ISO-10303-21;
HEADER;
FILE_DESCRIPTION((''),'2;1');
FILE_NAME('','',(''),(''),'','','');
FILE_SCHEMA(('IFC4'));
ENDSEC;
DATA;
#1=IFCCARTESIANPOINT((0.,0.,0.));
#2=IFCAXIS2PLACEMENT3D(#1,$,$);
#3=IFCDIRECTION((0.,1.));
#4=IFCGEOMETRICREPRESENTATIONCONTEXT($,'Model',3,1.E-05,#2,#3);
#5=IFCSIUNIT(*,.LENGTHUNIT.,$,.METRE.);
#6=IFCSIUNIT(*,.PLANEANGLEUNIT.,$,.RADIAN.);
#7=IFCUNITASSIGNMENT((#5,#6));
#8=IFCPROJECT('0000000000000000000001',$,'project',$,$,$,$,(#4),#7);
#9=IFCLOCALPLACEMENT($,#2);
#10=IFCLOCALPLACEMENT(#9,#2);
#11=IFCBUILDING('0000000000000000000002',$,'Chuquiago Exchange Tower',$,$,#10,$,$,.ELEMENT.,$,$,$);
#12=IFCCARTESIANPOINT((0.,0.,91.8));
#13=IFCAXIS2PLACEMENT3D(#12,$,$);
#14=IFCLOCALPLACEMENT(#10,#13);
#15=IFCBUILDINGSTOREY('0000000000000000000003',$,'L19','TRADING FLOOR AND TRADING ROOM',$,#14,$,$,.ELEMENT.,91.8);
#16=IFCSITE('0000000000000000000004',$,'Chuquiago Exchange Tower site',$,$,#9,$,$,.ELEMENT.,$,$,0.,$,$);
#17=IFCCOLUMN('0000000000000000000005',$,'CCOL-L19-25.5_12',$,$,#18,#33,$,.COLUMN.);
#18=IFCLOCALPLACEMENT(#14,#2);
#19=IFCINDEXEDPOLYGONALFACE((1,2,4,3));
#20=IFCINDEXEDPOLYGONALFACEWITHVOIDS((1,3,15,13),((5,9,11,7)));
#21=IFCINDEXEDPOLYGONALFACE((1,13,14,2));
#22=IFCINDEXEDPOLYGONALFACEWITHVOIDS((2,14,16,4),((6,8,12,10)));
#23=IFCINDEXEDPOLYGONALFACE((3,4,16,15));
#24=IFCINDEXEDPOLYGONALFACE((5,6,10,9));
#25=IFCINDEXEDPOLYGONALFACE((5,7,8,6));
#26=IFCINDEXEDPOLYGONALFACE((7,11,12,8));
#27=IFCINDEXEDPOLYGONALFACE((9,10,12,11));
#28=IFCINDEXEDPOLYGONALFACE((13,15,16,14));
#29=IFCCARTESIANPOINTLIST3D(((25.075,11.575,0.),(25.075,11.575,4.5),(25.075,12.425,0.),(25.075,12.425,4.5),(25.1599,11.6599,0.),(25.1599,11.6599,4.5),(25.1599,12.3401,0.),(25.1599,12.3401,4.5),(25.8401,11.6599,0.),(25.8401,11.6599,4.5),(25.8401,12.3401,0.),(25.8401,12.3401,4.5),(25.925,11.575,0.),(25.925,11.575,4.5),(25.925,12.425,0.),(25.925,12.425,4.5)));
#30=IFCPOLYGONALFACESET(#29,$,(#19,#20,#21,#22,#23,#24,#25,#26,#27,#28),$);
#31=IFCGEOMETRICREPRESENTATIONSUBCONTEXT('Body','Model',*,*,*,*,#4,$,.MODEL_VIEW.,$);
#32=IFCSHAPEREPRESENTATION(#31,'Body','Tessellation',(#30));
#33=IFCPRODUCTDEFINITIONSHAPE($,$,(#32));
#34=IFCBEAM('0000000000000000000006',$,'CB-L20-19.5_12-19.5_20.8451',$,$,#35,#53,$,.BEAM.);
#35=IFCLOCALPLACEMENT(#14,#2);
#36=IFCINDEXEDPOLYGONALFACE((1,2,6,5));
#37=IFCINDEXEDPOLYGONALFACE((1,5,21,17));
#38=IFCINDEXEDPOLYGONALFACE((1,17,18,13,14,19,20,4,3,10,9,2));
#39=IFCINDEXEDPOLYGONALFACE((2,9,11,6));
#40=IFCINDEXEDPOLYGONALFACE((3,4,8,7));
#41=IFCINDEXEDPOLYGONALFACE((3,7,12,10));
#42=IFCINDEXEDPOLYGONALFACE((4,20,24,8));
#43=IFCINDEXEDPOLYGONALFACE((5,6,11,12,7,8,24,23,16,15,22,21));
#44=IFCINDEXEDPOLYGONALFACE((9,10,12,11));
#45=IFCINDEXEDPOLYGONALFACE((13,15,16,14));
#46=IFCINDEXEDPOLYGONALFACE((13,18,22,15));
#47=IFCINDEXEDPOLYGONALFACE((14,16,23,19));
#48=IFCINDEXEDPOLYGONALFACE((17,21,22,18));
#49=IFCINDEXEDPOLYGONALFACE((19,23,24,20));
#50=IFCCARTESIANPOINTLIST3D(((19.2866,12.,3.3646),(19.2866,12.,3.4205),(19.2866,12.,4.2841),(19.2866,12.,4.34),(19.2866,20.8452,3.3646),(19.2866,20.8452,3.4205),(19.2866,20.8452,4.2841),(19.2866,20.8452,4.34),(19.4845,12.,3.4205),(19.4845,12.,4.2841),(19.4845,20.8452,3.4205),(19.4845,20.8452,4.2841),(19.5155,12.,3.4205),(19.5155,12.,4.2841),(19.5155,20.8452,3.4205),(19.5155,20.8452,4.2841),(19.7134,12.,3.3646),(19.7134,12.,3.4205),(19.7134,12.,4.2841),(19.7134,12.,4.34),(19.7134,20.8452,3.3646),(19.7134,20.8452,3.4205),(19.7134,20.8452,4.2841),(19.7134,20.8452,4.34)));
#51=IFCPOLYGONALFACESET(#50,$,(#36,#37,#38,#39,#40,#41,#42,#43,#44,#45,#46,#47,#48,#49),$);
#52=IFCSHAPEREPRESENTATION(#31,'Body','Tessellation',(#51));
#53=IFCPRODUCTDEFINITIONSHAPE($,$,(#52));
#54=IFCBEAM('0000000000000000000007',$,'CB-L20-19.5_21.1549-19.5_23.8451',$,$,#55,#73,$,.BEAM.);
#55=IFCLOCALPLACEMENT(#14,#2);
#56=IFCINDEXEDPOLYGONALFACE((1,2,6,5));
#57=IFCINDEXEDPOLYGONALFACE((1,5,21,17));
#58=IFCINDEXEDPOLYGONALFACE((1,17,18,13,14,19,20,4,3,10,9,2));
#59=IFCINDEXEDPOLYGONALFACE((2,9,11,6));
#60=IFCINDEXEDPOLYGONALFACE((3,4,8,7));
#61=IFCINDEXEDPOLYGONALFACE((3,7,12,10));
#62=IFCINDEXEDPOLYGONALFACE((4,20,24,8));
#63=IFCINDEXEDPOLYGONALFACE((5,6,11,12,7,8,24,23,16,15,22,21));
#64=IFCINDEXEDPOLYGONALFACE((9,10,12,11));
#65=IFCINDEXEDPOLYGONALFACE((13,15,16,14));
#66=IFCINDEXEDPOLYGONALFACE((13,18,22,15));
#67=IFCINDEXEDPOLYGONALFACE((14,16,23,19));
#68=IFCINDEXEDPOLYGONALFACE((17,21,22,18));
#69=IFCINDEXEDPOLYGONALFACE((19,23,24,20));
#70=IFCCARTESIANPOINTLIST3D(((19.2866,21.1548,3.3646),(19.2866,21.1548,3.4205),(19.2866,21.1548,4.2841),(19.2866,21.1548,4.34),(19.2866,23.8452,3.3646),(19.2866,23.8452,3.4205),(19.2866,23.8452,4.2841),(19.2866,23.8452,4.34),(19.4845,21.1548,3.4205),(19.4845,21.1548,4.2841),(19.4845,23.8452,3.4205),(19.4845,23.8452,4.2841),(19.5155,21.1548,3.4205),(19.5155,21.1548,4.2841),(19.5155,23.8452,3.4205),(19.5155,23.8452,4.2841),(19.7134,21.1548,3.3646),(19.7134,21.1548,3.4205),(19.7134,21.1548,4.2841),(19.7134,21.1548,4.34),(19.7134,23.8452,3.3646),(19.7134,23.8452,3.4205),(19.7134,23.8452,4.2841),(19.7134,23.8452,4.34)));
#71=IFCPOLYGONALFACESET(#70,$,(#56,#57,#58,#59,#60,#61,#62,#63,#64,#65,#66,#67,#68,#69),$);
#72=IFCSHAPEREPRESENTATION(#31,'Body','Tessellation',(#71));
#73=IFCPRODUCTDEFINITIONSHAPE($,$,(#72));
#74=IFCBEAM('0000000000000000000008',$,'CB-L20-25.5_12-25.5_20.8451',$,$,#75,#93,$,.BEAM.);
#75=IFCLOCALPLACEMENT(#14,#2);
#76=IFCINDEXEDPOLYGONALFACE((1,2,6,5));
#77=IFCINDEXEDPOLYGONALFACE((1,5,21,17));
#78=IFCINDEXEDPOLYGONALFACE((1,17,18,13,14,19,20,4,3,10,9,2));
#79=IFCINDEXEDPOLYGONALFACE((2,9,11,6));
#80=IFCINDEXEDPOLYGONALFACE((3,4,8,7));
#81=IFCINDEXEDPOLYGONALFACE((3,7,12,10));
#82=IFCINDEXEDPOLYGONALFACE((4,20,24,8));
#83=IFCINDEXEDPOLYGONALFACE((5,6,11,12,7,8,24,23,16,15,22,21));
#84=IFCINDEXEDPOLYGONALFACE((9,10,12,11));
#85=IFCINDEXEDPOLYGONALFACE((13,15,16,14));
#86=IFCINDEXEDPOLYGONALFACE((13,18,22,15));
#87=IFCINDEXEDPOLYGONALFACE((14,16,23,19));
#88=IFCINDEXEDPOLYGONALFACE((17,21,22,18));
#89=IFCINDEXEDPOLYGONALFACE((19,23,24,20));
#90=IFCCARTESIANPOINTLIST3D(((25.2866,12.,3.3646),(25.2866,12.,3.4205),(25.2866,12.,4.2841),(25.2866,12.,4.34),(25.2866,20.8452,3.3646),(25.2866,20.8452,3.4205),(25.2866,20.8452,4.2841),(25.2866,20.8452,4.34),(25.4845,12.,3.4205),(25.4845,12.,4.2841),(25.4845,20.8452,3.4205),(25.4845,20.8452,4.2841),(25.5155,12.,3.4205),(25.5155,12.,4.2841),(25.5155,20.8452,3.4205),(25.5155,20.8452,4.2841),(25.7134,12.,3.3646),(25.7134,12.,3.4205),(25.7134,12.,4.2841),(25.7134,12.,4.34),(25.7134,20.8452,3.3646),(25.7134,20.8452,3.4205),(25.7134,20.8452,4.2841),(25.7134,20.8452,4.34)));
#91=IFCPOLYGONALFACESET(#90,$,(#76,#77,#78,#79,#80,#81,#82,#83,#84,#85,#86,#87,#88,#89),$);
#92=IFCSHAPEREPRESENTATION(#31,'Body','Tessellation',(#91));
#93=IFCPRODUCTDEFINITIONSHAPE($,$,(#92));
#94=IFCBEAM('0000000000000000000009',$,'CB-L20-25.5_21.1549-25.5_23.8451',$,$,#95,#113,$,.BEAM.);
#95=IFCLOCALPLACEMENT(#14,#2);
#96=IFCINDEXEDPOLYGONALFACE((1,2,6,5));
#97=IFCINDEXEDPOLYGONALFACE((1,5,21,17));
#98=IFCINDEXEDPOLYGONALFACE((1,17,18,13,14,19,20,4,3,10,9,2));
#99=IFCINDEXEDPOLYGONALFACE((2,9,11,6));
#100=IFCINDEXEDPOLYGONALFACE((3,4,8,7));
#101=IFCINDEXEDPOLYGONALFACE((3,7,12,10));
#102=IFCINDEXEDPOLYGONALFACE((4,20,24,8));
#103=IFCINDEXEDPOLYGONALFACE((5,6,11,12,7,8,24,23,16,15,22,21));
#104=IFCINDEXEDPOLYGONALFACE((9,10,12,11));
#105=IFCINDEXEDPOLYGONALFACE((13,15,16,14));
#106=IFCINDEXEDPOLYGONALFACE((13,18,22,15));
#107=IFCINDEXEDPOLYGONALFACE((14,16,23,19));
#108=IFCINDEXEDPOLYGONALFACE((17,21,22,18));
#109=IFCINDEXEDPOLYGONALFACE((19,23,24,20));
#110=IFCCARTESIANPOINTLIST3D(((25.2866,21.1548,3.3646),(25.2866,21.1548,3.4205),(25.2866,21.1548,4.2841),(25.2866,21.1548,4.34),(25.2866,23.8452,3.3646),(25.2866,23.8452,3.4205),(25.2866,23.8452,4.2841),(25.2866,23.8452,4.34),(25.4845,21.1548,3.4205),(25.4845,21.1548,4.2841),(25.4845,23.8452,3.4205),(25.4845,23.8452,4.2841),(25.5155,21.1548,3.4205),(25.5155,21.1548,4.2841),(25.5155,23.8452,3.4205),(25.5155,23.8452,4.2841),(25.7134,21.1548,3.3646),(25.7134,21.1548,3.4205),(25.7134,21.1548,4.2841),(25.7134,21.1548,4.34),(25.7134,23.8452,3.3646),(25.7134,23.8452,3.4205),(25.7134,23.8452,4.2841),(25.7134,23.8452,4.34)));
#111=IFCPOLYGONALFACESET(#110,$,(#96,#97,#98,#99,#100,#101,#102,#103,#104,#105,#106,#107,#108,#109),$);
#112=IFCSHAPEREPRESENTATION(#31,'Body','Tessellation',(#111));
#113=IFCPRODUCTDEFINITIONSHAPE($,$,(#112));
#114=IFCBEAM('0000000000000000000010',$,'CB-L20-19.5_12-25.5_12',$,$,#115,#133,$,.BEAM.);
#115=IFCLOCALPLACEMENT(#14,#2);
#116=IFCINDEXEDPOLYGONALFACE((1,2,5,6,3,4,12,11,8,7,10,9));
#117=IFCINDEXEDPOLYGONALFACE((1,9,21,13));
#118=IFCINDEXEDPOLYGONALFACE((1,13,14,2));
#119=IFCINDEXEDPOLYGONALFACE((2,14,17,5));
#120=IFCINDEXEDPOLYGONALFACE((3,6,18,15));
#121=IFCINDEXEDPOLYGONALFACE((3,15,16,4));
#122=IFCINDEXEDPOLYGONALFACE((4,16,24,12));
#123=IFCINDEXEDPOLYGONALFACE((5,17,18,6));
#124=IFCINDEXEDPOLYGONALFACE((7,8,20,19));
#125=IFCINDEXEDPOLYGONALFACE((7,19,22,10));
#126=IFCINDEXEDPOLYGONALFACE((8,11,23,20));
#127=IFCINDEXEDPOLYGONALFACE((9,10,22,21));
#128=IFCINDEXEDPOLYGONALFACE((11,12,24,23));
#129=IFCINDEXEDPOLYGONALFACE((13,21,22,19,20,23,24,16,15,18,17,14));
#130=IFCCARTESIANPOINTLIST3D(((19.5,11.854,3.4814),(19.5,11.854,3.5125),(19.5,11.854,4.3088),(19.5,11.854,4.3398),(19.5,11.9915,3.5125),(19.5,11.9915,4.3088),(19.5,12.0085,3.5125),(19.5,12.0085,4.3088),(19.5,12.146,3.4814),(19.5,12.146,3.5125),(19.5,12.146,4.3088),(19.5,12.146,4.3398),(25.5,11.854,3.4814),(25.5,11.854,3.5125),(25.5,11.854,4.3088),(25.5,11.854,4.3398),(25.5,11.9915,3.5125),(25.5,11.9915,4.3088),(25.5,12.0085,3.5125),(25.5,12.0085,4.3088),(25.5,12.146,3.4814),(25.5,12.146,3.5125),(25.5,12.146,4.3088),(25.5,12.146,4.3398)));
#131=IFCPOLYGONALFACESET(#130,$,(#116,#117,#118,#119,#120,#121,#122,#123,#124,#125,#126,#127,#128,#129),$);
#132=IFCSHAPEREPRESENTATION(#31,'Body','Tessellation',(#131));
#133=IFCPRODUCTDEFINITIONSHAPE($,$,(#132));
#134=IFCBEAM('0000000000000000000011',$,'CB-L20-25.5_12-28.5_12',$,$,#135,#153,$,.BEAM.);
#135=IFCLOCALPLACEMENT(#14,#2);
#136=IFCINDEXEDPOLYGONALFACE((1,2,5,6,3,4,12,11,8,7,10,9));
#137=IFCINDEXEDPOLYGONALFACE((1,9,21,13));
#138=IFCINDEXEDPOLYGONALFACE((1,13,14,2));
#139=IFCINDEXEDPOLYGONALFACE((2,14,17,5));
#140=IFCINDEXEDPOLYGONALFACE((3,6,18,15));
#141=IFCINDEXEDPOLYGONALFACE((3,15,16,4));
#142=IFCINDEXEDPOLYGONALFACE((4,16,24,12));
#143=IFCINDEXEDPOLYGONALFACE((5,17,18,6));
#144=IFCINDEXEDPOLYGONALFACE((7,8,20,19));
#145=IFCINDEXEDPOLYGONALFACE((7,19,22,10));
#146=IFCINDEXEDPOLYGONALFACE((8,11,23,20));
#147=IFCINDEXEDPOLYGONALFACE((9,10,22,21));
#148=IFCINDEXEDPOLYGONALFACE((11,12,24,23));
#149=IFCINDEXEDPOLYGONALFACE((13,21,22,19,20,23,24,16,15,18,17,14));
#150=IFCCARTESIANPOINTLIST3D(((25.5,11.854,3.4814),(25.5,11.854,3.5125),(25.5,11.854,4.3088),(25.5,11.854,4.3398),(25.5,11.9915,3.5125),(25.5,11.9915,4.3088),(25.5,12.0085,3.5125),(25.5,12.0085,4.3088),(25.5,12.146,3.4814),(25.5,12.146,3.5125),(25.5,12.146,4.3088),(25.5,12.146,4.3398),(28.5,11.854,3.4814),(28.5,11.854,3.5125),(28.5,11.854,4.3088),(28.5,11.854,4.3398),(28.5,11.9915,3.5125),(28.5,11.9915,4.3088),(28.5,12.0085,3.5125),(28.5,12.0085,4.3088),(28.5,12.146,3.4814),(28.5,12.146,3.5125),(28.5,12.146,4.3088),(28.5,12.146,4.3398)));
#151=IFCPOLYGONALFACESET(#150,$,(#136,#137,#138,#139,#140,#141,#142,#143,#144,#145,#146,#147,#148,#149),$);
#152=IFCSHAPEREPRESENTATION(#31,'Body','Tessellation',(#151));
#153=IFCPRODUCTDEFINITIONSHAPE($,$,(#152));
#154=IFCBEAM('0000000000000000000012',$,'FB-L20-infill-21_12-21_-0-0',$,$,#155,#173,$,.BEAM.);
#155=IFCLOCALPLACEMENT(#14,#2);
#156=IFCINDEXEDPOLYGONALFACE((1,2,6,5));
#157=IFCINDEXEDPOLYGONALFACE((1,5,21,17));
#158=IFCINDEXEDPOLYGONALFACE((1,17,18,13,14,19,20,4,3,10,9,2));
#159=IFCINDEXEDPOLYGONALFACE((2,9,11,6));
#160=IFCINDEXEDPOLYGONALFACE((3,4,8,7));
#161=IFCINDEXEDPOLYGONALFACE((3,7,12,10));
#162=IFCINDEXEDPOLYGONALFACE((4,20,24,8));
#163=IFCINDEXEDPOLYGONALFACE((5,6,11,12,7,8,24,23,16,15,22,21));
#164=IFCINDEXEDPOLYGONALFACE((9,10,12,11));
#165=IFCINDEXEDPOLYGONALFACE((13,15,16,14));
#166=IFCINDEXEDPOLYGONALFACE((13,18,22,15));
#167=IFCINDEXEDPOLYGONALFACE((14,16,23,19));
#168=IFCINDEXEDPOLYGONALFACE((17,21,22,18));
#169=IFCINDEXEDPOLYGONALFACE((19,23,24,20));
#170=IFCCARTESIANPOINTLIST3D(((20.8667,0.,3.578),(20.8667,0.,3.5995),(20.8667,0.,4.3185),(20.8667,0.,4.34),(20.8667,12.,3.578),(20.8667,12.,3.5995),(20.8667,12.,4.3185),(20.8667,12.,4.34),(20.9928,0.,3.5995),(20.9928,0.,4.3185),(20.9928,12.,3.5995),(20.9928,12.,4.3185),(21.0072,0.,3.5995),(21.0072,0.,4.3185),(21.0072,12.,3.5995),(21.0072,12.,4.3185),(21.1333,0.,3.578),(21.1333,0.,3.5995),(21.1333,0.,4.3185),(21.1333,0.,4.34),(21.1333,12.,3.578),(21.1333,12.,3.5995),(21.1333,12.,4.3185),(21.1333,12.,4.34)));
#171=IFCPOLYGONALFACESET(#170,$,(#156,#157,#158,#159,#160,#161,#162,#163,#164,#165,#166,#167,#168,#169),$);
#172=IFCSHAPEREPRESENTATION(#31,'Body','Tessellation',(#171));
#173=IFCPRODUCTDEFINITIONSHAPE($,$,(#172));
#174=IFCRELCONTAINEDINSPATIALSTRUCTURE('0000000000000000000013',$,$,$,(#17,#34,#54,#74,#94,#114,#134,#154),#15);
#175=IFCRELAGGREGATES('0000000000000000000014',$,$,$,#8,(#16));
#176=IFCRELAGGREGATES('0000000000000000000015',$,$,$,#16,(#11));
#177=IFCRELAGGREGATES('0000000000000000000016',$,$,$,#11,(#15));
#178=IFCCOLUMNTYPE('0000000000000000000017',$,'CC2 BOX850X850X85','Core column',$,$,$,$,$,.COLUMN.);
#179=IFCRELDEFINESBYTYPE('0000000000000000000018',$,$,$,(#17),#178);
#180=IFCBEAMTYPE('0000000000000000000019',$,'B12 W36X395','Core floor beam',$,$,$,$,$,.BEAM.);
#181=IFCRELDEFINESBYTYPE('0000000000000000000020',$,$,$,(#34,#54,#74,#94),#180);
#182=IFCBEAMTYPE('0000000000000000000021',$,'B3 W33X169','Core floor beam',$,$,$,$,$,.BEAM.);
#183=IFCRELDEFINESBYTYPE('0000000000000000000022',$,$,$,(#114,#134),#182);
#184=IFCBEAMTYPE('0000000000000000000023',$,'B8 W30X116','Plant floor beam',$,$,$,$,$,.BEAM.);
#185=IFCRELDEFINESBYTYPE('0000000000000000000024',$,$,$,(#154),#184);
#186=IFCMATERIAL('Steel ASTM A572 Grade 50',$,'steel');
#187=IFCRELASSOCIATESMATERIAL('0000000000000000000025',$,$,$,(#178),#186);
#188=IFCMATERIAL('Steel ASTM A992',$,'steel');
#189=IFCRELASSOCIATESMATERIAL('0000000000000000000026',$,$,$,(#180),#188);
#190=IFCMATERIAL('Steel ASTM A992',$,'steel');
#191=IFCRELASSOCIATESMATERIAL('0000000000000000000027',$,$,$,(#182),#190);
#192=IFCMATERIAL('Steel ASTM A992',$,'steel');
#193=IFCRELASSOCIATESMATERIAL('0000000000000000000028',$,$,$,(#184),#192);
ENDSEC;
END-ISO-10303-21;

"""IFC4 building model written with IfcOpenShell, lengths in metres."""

from ifc_helpers import new_model, si_unit, direction, frame, origin, origin_2d, place, context, subcontext, project, spatial, hollow_rectangle, i_section, extrude, material, material_profile, profile_set, type_object, element, save


model = new_model("IFC4")

# Units and contexts
model_context = context("Model", 3, precision=1e-05, world=origin(), true_north=direction((0.0, 1.0)))
body_context = subcontext(model_context, "Body", "Model", "MODEL_VIEW")
ifc_project = project(units=[si_unit("LENGTHUNIT", "METRE"), si_unit("PLANEANGLEUNIT", "RADIAN")], contexts=[model_context])

# Site, building, storey
site_placement = place(None, origin())
site = spatial("IfcSite", under=ifc_project, at=site_placement, Name="Chuquiago Exchange Tower site", CompositionType="ELEMENT", RefElevation=0.0)
building_placement = place(site_placement, origin())
building = spatial("IfcBuilding", under=site, at=building_placement, Name="Chuquiago Exchange Tower", CompositionType="ELEMENT")
storey_placement = place(building_placement, frame((0.0, 0.0, 91.8)))
storey = spatial("IfcBuildingStorey", under=building, at=storey_placement, Name="L19", Description="TRADING FLOOR AND TRADING ROOM", CompositionType="ELEMENT", Elevation=91.8)

# Column
ifc_material_1 = material(Name="Steel ASTM A572 Grade 50", Category="steel")
ifc_material_profile_1 = material_profile(ifc_material_1, hollow_rectangle(XDim=0.8501, YDim=0.8501, WallThickness=0.085, at=origin_2d()), Name="BOX850X850X85")
ifc_profile_set_1 = profile_set([ifc_material_profile_1], Name="Steel ASTM A572 Grade 50")
column_type = type_object("IfcColumnType", Name="CC2 BOX850X850X85", Description="Core column", PredefinedType="COLUMN", material=ifc_profile_set_1)
column_placement = place(storey_placement, frame((25.5, 12.0, 0.0), z_axis=(0.0, 0.0, 1.0), x_axis=(1.0, 0.0, 0.0)))
element("IfcColumn", 1, at=column_placement, inside=storey, type_object=column_type, Name="CCOL-L19-25.5_12", PredefinedType="COLUMN", context=body_context, shape_type="SweptSolid", body=[
    extrude(hollow_rectangle(XDim=0.8501, YDim=0.8501, WallThickness=0.085, at=origin_2d()), origin(), (0.0, 0.0, 1.0), 4.5),
])

# Beams
ifc_material_2 = material(Name="Steel ASTM A992", Category="steel")
ifc_material_profile_2 = material_profile(ifc_material_2, i_section(OverallWidth=0.4268, OverallDepth=0.9753, WebThickness=0.031, FlangeThickness=0.0559, at=origin_2d()), Name="W36X395")
ifc_profile_set_2 = profile_set([ifc_material_profile_2], Name="Steel ASTM A992")
beam_type_1 = type_object("IfcBeamType", Name="B12 W36X395", Description="Core floor beam", PredefinedType="BEAM", material=ifc_profile_set_2)
beam_1_placement = place(storey_placement, frame((19.5, 12.0, 3.8523), z_axis=(0.0, 1.0, 0.0), x_axis=(-1.0, 0.0, 0.0)))
element("IfcBeam", 2, at=beam_1_placement, inside=storey, type_object=beam_type_1, Name="CB-L20-19.5_12-19.5_20.8451", PredefinedType="BEAM", context=body_context, shape_type="SweptSolid", body=[
    extrude(i_section(OverallWidth=0.4268, OverallDepth=0.9753, WebThickness=0.031, FlangeThickness=0.0559, at=origin_2d()), origin(), (0.0, 0.0, 1.0), 8.8452),
])
beam_2_placement = place(storey_placement, frame((19.5, 21.1548, 3.8523), z_axis=(0.0, 1.0, 0.0), x_axis=(-1.0, 0.0, 0.0)))
element("IfcBeam", 3, at=beam_2_placement, inside=storey, type_object=beam_type_1, Name="CB-L20-19.5_21.1549-19.5_23.8451", PredefinedType="BEAM", context=body_context, shape_type="SweptSolid", body=[
    extrude(i_section(OverallWidth=0.4268, OverallDepth=0.9753, WebThickness=0.031, FlangeThickness=0.0559, at=origin_2d()), origin(), (0.0, 0.0, 1.0), 2.6904),
])
beam_3_placement = place(storey_placement, frame((25.5, 12.0, 3.8523), z_axis=(0.0, 1.0, 0.0), x_axis=(-1.0, 0.0, 0.0)))
element("IfcBeam", 4, at=beam_3_placement, inside=storey, type_object=beam_type_1, Name="CB-L20-25.5_12-25.5_20.8451", PredefinedType="BEAM", context=body_context, shape_type="SweptSolid", body=[
    extrude(i_section(OverallWidth=0.4268, OverallDepth=0.9753, WebThickness=0.031, FlangeThickness=0.0559, at=origin_2d()), origin(), (0.0, 0.0, 1.0), 8.8452),
])
beam_4_placement = place(storey_placement, frame((25.5, 21.1548, 3.8523), z_axis=(0.0, 1.0, 0.0), x_axis=(-1.0, 0.0, 0.0)))
element("IfcBeam", 5, at=beam_4_placement, inside=storey, type_object=beam_type_1, Name="CB-L20-25.5_21.1549-25.5_23.8451", PredefinedType="BEAM", context=body_context, shape_type="SweptSolid", body=[
    extrude(i_section(OverallWidth=0.4268, OverallDepth=0.9753, WebThickness=0.031, FlangeThickness=0.0559, at=origin_2d()), origin(), (0.0, 0.0, 1.0), 2.6904),
])
ifc_material_3 = material(Name="Steel ASTM A992", Category="steel")
ifc_material_profile_3 = material_profile(ifc_material_3, i_section(OverallWidth=0.292, OverallDepth=0.8584, WebThickness=0.0171, FlangeThickness=0.031, at=origin_2d()), Name="W33X169")
ifc_profile_set_3 = profile_set([ifc_material_profile_3], Name="Steel ASTM A992")
beam_type_2 = type_object("IfcBeamType", Name="B3 W33X169", Description="Core floor beam", PredefinedType="BEAM", material=ifc_profile_set_3)
beam_5_placement = place(storey_placement, frame((19.5, 12.0, 3.9106), z_axis=(1.0, 0.0, 0.0), x_axis=(0.0, 1.0, 0.0)))
element("IfcBeam", 6, at=beam_5_placement, inside=storey, type_object=beam_type_2, Name="CB-L20-19.5_12-25.5_12", PredefinedType="BEAM", context=body_context, shape_type="SweptSolid", body=[
    extrude(i_section(OverallWidth=0.292, OverallDepth=0.8584, WebThickness=0.0171, FlangeThickness=0.031, at=origin_2d()), origin(), (0.0, 0.0, 1.0), 6.0),
])
beam_6_placement = place(storey_placement, frame((25.5, 12.0, 3.9106), z_axis=(1.0, 0.0, 0.0), x_axis=(0.0, 1.0, 0.0)))
element("IfcBeam", 7, at=beam_6_placement, inside=storey, type_object=beam_type_2, Name="CB-L20-25.5_12-28.5_12", PredefinedType="BEAM", context=body_context, shape_type="SweptSolid", body=[
    extrude(i_section(OverallWidth=0.292, OverallDepth=0.8584, WebThickness=0.0171, FlangeThickness=0.031, at=origin_2d()), origin(), (0.0, 0.0, 1.0), 3.0),
])
ifc_material_4 = material(Name="Steel ASTM A992", Category="steel")
ifc_material_profile_4 = material_profile(ifc_material_4, i_section(OverallWidth=0.2666, OverallDepth=0.762, WebThickness=0.0144, FlangeThickness=0.0215, at=origin_2d()), Name="W30X116")
ifc_profile_set_4 = profile_set([ifc_material_profile_4], Name="Steel ASTM A992")
beam_type_3 = type_object("IfcBeamType", Name="B8 W30X116", Description="Plant floor beam", PredefinedType="BEAM", material=ifc_profile_set_4)
for number, where, z_axis, x_axis, name in (
    (8, (21.0, 12.0, 3.959), (0.0, -1.0, 0.0), (1.0, 0.0, 0.0), "FB-L20-infill-21_12-21_-0-0"),
):
    element("IfcBeam", number, at=place(storey_placement, frame(where, z_axis=z_axis, x_axis=x_axis)), inside=storey, type_object=beam_type_3, Name=name, PredefinedType="BEAM", context=body_context, shape_type="SweptSolid", body=[
        extrude(i_section(OverallWidth=0.2666, OverallDepth=0.762, WebThickness=0.0144, FlangeThickness=0.0215, at=origin_2d()), origin(), (0.0, 0.0, 1.0), 12.0),
    ])

save(model, "model.ifc")
